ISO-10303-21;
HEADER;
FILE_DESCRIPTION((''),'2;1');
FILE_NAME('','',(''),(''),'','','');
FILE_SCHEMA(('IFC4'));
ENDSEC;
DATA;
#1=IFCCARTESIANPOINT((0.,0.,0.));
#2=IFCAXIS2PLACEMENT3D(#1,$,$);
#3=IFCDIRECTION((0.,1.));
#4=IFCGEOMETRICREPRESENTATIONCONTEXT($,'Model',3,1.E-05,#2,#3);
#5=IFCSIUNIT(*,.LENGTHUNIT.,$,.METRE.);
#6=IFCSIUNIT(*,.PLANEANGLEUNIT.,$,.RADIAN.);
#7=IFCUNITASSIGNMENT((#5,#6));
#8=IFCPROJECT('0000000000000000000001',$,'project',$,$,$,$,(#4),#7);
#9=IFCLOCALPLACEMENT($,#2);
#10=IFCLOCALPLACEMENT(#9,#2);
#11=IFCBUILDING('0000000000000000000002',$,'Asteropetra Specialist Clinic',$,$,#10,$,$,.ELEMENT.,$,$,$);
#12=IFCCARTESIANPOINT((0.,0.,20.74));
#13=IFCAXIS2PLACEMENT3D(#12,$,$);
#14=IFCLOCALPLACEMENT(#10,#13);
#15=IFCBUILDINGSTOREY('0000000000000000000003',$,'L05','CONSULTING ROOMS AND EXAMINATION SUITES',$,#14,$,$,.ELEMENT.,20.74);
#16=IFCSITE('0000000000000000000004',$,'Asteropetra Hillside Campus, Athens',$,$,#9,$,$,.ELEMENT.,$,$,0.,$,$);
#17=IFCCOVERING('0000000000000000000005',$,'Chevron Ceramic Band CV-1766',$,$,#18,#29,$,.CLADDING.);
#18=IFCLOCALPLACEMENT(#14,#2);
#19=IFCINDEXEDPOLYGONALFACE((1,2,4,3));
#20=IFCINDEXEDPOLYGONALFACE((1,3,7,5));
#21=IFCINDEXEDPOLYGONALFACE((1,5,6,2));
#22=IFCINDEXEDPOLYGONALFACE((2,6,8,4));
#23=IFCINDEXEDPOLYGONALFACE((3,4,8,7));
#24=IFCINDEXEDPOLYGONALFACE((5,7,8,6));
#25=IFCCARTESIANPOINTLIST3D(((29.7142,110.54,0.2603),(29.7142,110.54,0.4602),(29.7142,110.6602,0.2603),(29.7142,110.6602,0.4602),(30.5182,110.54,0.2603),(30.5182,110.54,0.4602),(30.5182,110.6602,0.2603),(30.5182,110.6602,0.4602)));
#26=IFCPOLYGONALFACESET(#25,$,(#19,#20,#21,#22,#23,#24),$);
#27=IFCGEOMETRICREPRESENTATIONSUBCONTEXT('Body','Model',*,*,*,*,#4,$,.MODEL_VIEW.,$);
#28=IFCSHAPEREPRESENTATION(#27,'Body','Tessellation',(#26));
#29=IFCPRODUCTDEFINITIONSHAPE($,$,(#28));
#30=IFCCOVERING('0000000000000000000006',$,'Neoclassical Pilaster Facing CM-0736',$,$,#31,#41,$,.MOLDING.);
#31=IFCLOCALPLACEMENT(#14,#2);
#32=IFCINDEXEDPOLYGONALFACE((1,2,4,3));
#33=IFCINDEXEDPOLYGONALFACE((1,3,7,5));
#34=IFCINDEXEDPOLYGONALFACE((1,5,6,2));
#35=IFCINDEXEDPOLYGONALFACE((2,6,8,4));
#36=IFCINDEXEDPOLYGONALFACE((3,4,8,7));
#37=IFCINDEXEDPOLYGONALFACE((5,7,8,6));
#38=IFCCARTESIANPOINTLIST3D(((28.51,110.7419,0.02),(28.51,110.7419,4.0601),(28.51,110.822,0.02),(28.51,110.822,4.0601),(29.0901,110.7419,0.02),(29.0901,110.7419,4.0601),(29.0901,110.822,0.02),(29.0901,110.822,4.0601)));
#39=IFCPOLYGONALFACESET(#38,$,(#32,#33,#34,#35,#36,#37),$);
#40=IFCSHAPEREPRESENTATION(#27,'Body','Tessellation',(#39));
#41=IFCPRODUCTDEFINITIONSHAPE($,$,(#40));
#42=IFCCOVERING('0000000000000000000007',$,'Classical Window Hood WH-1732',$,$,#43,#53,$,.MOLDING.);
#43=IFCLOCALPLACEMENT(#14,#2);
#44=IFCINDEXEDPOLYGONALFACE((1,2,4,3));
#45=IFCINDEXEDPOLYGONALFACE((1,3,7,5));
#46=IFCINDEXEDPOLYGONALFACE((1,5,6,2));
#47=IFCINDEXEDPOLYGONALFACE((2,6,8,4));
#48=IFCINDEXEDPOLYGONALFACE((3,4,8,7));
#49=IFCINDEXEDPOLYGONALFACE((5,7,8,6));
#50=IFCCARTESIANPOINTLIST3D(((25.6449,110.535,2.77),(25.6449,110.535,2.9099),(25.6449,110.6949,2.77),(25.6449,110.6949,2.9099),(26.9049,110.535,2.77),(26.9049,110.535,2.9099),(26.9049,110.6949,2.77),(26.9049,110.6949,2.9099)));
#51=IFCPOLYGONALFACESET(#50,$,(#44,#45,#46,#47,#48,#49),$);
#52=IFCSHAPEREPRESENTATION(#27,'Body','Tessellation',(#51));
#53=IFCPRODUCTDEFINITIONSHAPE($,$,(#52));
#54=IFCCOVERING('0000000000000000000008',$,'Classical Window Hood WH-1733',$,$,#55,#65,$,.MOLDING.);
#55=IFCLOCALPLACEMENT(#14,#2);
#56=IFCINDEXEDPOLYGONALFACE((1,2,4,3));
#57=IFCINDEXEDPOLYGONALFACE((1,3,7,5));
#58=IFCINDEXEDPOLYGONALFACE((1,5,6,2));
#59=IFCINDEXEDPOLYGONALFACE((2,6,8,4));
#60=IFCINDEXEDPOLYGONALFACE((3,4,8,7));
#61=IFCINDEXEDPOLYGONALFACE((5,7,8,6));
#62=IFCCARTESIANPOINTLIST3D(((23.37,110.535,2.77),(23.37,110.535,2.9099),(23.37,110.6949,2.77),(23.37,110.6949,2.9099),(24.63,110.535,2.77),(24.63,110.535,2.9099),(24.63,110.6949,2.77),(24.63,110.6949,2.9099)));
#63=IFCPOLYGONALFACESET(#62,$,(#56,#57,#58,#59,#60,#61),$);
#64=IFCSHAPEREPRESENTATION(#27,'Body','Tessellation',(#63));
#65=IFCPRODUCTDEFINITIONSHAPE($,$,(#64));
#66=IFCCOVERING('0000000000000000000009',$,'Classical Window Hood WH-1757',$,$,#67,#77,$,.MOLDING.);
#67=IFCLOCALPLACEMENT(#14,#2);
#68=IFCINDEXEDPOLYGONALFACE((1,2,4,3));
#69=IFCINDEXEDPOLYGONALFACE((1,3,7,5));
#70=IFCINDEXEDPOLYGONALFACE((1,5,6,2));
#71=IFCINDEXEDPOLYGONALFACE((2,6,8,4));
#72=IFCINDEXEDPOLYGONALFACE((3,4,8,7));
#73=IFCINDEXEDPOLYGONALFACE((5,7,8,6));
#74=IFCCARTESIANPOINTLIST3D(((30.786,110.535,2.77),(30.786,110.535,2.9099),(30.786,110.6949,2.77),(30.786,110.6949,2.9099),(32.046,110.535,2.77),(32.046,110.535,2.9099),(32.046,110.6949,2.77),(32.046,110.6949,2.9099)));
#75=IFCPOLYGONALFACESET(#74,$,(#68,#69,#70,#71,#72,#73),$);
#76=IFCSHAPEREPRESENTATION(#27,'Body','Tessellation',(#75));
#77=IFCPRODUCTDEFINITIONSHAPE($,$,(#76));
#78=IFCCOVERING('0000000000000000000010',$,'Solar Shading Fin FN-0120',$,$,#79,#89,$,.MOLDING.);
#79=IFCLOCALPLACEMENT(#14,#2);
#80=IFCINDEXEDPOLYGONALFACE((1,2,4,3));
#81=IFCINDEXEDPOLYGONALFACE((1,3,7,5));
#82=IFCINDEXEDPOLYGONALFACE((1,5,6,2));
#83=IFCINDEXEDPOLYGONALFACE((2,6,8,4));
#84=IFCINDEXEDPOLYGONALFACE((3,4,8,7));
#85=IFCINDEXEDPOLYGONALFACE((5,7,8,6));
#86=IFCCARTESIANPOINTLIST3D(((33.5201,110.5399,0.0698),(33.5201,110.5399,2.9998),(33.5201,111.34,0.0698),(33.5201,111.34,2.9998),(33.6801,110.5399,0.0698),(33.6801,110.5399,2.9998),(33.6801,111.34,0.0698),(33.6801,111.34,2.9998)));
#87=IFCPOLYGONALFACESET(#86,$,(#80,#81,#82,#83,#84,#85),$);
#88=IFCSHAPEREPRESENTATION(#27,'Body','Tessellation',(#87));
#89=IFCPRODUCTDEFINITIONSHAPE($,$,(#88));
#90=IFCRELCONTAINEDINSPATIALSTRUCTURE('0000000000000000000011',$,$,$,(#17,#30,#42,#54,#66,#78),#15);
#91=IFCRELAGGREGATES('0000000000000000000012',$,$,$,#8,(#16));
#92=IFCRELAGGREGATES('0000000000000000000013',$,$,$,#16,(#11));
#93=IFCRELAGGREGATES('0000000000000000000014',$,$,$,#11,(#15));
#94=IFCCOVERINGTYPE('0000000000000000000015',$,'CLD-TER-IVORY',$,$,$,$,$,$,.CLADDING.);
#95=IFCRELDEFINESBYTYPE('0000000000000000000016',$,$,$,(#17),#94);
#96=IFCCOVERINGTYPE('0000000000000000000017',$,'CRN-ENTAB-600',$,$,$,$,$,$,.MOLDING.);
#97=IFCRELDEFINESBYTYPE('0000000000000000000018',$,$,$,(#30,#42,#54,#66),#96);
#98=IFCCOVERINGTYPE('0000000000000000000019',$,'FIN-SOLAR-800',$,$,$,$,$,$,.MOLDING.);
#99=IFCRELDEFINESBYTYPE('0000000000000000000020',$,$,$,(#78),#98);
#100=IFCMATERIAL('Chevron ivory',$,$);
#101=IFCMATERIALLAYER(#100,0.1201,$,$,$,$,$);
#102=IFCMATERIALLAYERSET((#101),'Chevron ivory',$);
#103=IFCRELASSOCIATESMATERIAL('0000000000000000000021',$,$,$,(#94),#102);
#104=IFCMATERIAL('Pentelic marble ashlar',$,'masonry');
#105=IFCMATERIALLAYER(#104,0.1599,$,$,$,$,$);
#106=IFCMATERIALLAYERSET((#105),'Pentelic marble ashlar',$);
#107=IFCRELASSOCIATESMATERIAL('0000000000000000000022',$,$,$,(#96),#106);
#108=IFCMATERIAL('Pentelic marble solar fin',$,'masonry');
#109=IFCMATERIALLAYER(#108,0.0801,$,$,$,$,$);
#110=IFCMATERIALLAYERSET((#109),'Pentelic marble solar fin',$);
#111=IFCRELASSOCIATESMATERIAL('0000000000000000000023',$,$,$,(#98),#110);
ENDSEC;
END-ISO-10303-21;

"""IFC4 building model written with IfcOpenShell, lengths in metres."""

from ifc_helpers import new_model, si_unit, direction, frame, origin, origin_2d, place, context, subcontext, project, spatial, rectangle, extrude, material, layer, layer_set, type_object, element, save


model = new_model("IFC4")

# Units and contexts
model_context = context("Model", 3, precision=1e-05, world=origin(), true_north=direction((0.0, 1.0)))
body_context = subcontext(model_context, "Body", "Model", "MODEL_VIEW")
ifc_project = project(units=[si_unit("LENGTHUNIT", "METRE"), si_unit("PLANEANGLEUNIT", "RADIAN")], contexts=[model_context])

# Site, building, storey
site_placement = place(None, origin())
site = spatial("IfcSite", under=ifc_project, at=site_placement, Name="Asteropetra Hillside Campus, Athens", CompositionType="ELEMENT", RefElevation=0.0)
building_placement = place(site_placement, origin())
building = spatial("IfcBuilding", under=site, at=building_placement, Name="Asteropetra Specialist Clinic", CompositionType="ELEMENT")
storey_placement = place(building_placement, frame((0.0, 0.0, 20.74)))
storey = spatial("IfcBuildingStorey", under=building, at=storey_placement, Name="L05", Description="CONSULTING ROOMS AND EXAMINATION SUITES", CompositionType="ELEMENT", Elevation=20.74)

# Coverings
ifc_material_1 = material(Name="Chevron ivory")
ifc_layer_1 = layer(ifc_material_1, 0.1201)
ifc_layer_set_1 = layer_set([ifc_layer_1], Name="Chevron ivory")
covering_type_1 = type_object("IfcCoveringType", Name="CLD-TER-IVORY", PredefinedType="CLADDING", material=ifc_layer_set_1)
for number, where, z_axis, x_axis, name in (
    (1, (30.1162, 110.6001, 0.2603), (0.0, 0.0, 1.0), (1.0, 0.0, 0.0), "Chevron Ceramic Band CV-1766"),
):
    element("IfcCovering", number, at=place(storey_placement, frame(where, z_axis=z_axis, x_axis=x_axis)), inside=storey, type_object=covering_type_1, Name=name, PredefinedType="CLADDING", context=body_context, shape_type="SweptSolid", body=[
        extrude(rectangle(XDim=0.804, YDim=0.1201, at=origin_2d()), origin(), (0.0, 0.0, 1.0), 0.2),
    ])
ifc_material_2 = material(Name="Pentelic marble ashlar", Category="masonry")
ifc_layer_2 = layer(ifc_material_2, 0.1599)
ifc_layer_set_2 = layer_set([ifc_layer_2], Name="Pentelic marble ashlar")
covering_type_2 = type_object("IfcCoveringType", Name="CRN-ENTAB-600", PredefinedType="MOLDING", material=ifc_layer_set_2)
covering_1_placement = place(storey_placement, frame((28.8, 110.782, 0.02), z_axis=(0.0, 0.0, 1.0), x_axis=(1.0, 0.0, 0.0)))
element("IfcCovering", 2, at=covering_1_placement, inside=storey, type_object=covering_type_2, Name="Neoclassical Pilaster Facing CM-0736", PredefinedType="MOLDING", context=body_context, shape_type="SweptSolid", body=[
    extrude(rectangle(XDim=0.5801, YDim=0.0801, at=origin_2d()), origin(), (0.0, 0.0, 1.0), 4.04),
])
for number, where, z_axis, x_axis, name in (
    (3, (26.2749, 110.615, 2.77), (0.0, 0.0, 1.0), (1.0, 0.0, 0.0), "Classical Window Hood WH-1732"),
    (4, (24.0, 110.615, 2.77), (0.0, 0.0, 1.0), (1.0, 0.0, 0.0), "Classical Window Hood WH-1733"),
    (5, (31.416, 110.615, 2.77), (0.0, 0.0, 1.0), (1.0, 0.0, 0.0), "Classical Window Hood WH-1757"),
):
    element("IfcCovering", number, at=place(storey_placement, frame(where, z_axis=z_axis, x_axis=x_axis)), inside=storey, type_object=covering_type_2, Name=name, PredefinedType="MOLDING", context=body_context, shape_type="SweptSolid", body=[
        extrude(rectangle(XDim=1.26, YDim=0.1599, at=origin_2d()), origin(), (0.0, 0.0, 1.0), 0.1399),
    ])
ifc_material_3 = material(Name="Pentelic marble solar fin", Category="masonry")
ifc_layer_3 = layer(ifc_material_3, 0.0801)
ifc_layer_set_3 = layer_set([ifc_layer_3], Name="Pentelic marble solar fin")
covering_type_3 = type_object("IfcCoveringType", Name="FIN-SOLAR-800", PredefinedType="MOLDING", material=ifc_layer_set_3)
covering_2_placement = place(storey_placement, frame((33.6001, 110.9399, 0.0698), z_axis=(0.0, 0.0, 1.0), x_axis=(1.0, 0.0, 0.0)))
element("IfcCovering", 6, at=covering_2_placement, inside=storey, type_object=covering_type_3, Name="Solar Shading Fin FN-0120", PredefinedType="MOLDING", context=body_context, shape_type="SweptSolid", body=[
    extrude(rectangle(XDim=0.1599, YDim=0.8, at=origin_2d()), origin(), (0.0, 0.0, 1.0), 2.9299),
])

save(model, "model.ifc")
